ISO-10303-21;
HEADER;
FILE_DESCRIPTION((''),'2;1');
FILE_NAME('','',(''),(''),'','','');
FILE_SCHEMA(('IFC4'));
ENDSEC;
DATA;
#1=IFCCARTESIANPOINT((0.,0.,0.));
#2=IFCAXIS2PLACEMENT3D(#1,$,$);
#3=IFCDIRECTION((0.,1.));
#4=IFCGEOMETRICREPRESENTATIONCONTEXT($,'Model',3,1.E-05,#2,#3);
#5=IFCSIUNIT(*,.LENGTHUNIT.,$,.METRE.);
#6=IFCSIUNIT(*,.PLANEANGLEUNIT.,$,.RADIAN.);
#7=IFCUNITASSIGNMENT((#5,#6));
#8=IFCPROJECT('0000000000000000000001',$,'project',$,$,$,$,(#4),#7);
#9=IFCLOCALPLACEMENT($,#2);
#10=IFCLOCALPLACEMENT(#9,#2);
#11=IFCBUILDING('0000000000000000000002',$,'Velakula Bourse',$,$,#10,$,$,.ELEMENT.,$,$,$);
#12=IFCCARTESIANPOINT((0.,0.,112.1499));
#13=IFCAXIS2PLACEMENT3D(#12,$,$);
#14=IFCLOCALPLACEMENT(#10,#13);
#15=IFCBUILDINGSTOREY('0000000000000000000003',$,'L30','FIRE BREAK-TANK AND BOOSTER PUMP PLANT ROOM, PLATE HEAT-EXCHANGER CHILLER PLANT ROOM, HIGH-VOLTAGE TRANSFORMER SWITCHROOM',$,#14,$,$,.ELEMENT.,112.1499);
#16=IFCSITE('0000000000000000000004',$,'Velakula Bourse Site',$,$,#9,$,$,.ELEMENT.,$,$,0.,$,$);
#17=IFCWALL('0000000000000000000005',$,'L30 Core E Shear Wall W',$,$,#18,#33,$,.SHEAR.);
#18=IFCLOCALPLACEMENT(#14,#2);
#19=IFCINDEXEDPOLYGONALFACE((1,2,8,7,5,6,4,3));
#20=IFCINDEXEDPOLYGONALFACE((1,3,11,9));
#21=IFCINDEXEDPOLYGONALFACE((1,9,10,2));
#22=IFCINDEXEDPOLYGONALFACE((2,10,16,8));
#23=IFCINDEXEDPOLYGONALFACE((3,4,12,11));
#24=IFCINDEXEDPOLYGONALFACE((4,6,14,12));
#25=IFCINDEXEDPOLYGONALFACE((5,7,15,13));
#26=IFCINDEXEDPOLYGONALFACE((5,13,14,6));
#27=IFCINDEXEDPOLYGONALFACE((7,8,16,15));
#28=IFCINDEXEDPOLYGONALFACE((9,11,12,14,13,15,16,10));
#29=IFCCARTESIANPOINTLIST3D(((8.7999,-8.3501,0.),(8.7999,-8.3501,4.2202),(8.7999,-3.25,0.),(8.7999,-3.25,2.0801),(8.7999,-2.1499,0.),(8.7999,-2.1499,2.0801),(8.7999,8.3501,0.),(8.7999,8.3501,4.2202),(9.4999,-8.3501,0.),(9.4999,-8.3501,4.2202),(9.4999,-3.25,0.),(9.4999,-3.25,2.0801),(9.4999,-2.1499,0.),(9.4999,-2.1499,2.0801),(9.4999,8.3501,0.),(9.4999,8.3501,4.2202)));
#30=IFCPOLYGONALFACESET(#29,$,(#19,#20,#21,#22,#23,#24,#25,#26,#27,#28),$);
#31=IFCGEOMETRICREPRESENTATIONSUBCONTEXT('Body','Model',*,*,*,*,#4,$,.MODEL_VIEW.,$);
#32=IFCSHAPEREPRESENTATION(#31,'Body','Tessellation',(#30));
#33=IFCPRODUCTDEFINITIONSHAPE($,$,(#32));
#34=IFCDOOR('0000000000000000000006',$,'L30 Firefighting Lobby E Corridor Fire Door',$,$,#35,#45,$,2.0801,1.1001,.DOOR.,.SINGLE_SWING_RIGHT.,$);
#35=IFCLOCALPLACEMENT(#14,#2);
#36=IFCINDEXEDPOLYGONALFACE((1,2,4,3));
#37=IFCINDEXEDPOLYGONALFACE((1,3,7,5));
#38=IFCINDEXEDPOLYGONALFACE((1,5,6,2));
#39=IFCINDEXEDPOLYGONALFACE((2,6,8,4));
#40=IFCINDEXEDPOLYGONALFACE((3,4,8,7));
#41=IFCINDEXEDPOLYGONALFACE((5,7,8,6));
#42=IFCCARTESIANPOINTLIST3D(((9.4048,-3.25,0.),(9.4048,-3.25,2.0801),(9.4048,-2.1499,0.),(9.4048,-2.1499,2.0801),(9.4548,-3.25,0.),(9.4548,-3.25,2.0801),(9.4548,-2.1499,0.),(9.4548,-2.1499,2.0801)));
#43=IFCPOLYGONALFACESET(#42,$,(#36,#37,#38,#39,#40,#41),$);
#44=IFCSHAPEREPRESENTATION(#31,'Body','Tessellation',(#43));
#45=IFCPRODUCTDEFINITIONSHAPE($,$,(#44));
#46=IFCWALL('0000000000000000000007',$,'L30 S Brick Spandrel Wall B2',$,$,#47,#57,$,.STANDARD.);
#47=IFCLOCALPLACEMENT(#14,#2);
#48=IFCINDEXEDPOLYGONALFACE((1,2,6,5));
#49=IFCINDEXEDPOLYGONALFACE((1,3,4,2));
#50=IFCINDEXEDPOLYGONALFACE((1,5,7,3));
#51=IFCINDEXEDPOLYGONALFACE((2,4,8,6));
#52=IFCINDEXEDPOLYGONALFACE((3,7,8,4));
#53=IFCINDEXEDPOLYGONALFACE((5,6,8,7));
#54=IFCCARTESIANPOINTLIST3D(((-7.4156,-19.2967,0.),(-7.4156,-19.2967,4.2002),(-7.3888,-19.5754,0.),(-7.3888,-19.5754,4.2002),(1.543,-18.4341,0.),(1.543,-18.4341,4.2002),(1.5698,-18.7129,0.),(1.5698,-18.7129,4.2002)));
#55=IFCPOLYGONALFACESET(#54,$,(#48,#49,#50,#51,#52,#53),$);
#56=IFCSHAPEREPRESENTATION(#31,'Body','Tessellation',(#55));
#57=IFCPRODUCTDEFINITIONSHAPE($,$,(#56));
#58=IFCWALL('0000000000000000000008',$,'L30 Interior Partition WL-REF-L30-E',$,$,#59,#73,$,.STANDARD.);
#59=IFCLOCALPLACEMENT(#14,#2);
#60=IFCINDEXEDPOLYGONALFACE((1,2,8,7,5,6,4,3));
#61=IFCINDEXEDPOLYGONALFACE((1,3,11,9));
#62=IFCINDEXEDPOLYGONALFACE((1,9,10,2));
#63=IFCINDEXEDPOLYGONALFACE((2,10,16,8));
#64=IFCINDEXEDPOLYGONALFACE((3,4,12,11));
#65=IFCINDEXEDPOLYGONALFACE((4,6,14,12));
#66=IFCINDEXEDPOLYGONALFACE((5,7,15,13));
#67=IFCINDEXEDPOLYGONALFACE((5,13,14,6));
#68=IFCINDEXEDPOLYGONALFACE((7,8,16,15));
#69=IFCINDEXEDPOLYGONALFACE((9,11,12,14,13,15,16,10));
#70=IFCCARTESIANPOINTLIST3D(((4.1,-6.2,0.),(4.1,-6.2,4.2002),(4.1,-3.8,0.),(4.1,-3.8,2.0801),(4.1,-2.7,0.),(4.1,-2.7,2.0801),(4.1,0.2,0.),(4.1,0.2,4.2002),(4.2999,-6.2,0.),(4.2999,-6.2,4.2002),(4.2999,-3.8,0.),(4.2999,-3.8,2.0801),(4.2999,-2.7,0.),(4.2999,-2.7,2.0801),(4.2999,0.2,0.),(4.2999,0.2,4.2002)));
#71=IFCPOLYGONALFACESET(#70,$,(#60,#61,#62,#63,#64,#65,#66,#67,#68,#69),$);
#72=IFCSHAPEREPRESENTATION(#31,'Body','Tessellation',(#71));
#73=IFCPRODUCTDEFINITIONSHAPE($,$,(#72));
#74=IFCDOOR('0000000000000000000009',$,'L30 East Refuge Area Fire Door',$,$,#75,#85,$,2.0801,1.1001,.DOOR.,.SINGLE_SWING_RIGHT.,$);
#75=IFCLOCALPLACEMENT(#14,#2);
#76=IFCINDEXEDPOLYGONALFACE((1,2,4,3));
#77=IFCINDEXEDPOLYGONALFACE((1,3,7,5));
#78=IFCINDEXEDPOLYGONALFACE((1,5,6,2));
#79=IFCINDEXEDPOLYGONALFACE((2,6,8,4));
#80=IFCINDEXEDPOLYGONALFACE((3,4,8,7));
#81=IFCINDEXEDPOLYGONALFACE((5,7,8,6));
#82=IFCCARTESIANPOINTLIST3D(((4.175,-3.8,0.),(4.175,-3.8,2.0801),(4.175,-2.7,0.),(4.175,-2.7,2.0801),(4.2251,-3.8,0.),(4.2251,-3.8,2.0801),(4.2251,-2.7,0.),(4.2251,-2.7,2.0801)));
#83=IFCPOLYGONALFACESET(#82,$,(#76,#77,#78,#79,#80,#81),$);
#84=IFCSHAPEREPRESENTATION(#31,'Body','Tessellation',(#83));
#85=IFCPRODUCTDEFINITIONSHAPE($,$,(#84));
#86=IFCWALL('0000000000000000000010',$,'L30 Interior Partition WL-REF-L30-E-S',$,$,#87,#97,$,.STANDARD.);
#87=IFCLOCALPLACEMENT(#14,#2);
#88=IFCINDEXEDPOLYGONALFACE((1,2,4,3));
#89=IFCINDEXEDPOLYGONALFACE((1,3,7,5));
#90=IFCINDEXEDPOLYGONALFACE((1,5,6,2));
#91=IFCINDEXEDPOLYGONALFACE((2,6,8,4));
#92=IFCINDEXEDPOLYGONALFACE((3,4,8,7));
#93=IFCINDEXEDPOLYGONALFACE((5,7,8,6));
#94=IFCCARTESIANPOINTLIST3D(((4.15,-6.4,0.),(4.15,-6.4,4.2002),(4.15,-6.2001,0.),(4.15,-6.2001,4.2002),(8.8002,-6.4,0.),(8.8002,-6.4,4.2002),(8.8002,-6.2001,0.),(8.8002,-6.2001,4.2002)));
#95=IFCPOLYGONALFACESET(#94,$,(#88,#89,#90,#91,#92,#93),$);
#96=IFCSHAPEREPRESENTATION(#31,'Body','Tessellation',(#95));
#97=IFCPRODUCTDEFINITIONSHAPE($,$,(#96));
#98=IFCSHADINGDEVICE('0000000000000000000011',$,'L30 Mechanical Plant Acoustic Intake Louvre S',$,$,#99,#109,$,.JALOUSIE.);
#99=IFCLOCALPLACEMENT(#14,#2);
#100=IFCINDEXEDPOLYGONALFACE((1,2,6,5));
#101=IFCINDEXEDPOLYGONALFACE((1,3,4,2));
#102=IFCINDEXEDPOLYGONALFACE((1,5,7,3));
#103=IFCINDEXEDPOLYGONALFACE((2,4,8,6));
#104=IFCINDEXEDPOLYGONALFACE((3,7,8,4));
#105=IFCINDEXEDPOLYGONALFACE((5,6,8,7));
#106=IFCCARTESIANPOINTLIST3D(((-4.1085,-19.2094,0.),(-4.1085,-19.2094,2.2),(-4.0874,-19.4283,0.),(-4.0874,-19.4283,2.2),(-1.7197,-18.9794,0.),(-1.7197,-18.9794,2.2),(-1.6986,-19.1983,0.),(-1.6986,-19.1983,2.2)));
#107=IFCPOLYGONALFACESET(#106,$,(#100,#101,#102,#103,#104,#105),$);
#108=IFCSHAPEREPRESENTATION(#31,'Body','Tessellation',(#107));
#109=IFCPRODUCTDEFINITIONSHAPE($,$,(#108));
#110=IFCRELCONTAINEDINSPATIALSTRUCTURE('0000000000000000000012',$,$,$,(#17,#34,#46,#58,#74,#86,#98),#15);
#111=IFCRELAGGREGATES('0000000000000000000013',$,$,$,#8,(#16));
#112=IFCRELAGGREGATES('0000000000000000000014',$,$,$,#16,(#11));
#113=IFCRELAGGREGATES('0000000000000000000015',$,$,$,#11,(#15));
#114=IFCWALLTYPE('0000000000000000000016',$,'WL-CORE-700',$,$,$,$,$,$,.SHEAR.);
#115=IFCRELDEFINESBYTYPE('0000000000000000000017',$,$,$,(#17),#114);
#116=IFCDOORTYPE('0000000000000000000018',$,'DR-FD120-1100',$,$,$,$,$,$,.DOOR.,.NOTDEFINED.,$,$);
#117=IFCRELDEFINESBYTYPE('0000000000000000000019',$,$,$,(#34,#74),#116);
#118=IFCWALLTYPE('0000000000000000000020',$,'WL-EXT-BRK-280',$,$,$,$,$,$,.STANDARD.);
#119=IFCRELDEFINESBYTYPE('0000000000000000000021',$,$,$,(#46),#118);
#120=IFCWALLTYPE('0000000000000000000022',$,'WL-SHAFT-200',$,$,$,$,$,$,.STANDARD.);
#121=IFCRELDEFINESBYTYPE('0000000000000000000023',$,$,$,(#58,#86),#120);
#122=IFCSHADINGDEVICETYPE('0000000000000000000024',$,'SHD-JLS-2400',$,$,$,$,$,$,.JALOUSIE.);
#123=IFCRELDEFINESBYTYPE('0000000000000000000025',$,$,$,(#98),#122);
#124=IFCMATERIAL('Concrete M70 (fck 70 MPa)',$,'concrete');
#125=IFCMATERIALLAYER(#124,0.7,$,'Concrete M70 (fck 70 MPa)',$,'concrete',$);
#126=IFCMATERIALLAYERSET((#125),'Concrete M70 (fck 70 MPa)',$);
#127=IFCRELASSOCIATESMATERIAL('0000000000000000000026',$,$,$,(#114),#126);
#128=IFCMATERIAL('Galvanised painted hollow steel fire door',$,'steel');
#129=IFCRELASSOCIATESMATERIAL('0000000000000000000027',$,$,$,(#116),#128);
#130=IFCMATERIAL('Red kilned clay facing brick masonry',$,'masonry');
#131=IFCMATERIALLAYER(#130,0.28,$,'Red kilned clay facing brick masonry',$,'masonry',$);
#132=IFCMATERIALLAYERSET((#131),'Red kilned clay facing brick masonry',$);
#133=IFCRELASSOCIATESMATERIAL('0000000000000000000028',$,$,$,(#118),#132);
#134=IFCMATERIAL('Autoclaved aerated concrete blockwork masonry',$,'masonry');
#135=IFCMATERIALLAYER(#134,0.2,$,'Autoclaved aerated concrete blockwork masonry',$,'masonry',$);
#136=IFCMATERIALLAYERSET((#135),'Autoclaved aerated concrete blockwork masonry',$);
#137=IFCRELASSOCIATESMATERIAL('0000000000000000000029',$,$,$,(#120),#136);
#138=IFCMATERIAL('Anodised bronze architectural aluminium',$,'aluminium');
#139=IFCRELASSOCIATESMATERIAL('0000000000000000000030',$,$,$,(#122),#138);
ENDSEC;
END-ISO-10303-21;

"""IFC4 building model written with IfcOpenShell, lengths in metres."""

from ifc_helpers import new_model, si_unit, direction, frame, frame_2d, origin, origin_2d, place, context, subcontext, project, spatial, rectangle, extrude, material, layer, layer_set, type_object, element, fill, save


model = new_model("IFC4")

# Units and contexts
model_context = context("Model", 3, precision=1e-05, world=origin(), true_north=direction((0.0, 1.0)))
body_context = subcontext(model_context, "Body", "Model", "MODEL_VIEW")
ifc_project = project(units=[si_unit("LENGTHUNIT", "METRE"), si_unit("PLANEANGLEUNIT", "RADIAN")], contexts=[model_context])

# Site, building, storey
site_placement = place(None, origin())
site = spatial("IfcSite", under=ifc_project, at=site_placement, Name="Velakula Bourse Site", CompositionType="ELEMENT", RefElevation=0.0)
building_placement = place(site_placement, origin())
building = spatial("IfcBuilding", under=site, at=building_placement, Name="Velakula Bourse", CompositionType="ELEMENT")
storey_placement = place(building_placement, frame((0.0, 0.0, 112.1499)))
storey = spatial("IfcBuildingStorey", under=building, at=storey_placement, Name="L30", Description="FIRE BREAK-TANK AND BOOSTER PUMP PLANT ROOM, PLATE HEAT-EXCHANGER CHILLER PLANT ROOM, HIGH-VOLTAGE TRANSFORMER SWITCHROOM", CompositionType="ELEMENT", Elevation=112.1499)

# Shared definitions
ifc_material_1 = material(Name="Concrete M70 (fck 70 MPa)", Category="concrete")

# Shared definitions
ifc_layer_1 = layer(ifc_material_1, 0.7, Name="Concrete M70 (fck 70 MPa)", Category="concrete")
ifc_layer_set_1 = layer_set([ifc_layer_1], Name="Concrete M70 (fck 70 MPa)")
wall_type_1 = type_object("IfcWallType", Name="WL-CORE-700", PredefinedType="SHEAR", material=ifc_layer_set_1)

# Wall, opening, door
wall_1_placement = place(storey_placement, frame((9.1499, -8.3501, 0.0), z_axis=(0.0, 0.0, 1.0), x_axis=(0.0, 1.0, 0.0)))
wall_1 = element("IfcWall", 1, at=wall_1_placement, inside=storey, type_object=wall_type_1, Name="L30 Core E Shear Wall W", PredefinedType="SHEAR", context=body_context, shape_type="SweptSolid", body=[
    extrude(rectangle(XDim=16.7002, YDim=0.7, at=frame_2d((8.3501, 0.0))), origin(), (0.0, 0.0, 1.0), 4.2202),
])
opening_1_placement = place(wall_1_placement, frame((5.1001, 0.0, 0.0)))
opening_1 = element("IfcOpeningElement", 2, at=opening_1_placement, cuts=wall_1, PredefinedType="OPENING", context=body_context, shape_type="SweptSolid", body=[
    extrude(rectangle(XDim=1.1001, YDim=2.0801, at=frame_2d((0.55, 1.04))), frame((0.0, 0.3599, 0.0), z_axis=(0.0, -1.0, 0.0), x_axis=(1.0, 0.0, 0.0)), (0.0, 0.0, 1.0), 0.72),
])
ifc_material_2 = material(Name="Galvanised painted hollow steel fire door", Category="steel")
door_type_1 = type_object("IfcDoorType", Name="DR-FD120-1100", OperationType="NOTDEFINED", PredefinedType="DOOR", material=ifc_material_2)
door_1_placement = place(opening_1_placement, origin())
door_1 = element("IfcDoor", 3, at=door_1_placement, inside=storey, type_object=door_type_1, Name="L30 Firefighting Lobby E Corridor Fire Door", OperationType="SINGLE_SWING_RIGHT", OverallHeight=2.0801, OverallWidth=1.1001, PredefinedType="DOOR", context=body_context, shape_type="SweptSolid", body=[
    extrude(rectangle(XDim=1.1001, YDim=2.0801, at=frame_2d((0.55, 1.04))), frame((0.0, -0.2549, 0.0), z_axis=(0.0, -1.0, 0.0), x_axis=(1.0, 0.0, 0.0)), (0.0, 0.0, 1.0), 0.05),
])
fill(opening_1, door_1)

# Wall
ifc_material_3 = material(Name="Red kilned clay facing brick masonry", Category="masonry")
ifc_layer_2 = layer(ifc_material_3, 0.28, Name="Red kilned clay facing brick masonry", Category="masonry")
ifc_layer_set_2 = layer_set([ifc_layer_2], Name="Red kilned clay facing brick masonry")
wall_type_2 = type_object("IfcWallType", Name="WL-EXT-BRK-280", PredefinedType="STANDARD", material=ifc_layer_set_2)
wall_2_placement = place(storey_placement, frame((1.5564, -18.5735, 0.0), z_axis=(0.0, 0.0, 1.0), x_axis=(-0.995397, -0.09584, 0.0)))
element("IfcWall", 4, at=wall_2_placement, inside=storey, type_object=wall_type_2, Name="L30 S Brick Spandrel Wall B2", PredefinedType="STANDARD", context=body_context, shape_type="SweptSolid", body=[
    extrude(rectangle(XDim=9.0, YDim=0.28, at=frame_2d((4.5, 0.0))), origin(), (0.0, 0.0, 1.0), 4.2002),
])

# Shared definitions
ifc_material_4 = material(Name="Autoclaved aerated concrete blockwork masonry", Category="masonry")

# Wall, opening, door
ifc_layer_3 = layer(ifc_material_4, 0.2, Name="Autoclaved aerated concrete blockwork masonry", Category="masonry")
ifc_layer_set_3 = layer_set([ifc_layer_3], Name="Autoclaved aerated concrete blockwork masonry")
wall_type_3 = type_object("IfcWallType", Name="WL-SHAFT-200", PredefinedType="STANDARD", material=ifc_layer_set_3)
wall_3_placement = place(storey_placement, frame((4.2, -6.2, 0.0), z_axis=(0.0, 0.0, 1.0), x_axis=(0.0, 1.0, 0.0)))
wall_3 = element("IfcWall", 5, at=wall_3_placement, inside=storey, type_object=wall_type_3, Name="L30 Interior Partition WL-REF-L30-E", PredefinedType="STANDARD", context=body_context, shape_type="SweptSolid", body=[
    extrude(rectangle(XDim=6.3999, YDim=0.2, at=frame_2d((3.2, 0.0))), origin(), (0.0, 0.0, 1.0), 4.2002),
])
opening_2_placement = place(wall_3_placement, frame((2.3999, 0.0, 0.0)))
opening_2 = element("IfcOpeningElement", 6, at=opening_2_placement, cuts=wall_3, PredefinedType="OPENING", context=body_context, shape_type="SweptSolid", body=[
    extrude(rectangle(XDim=1.1001, YDim=2.0801, at=frame_2d((0.55, 1.04))), frame((0.0, 0.1099, 0.0), z_axis=(0.0, -1.0, 0.0), x_axis=(1.0, 0.0, 0.0)), (0.0, 0.0, 1.0), 0.22),
])
door_2_placement = place(opening_2_placement, origin())
door_2 = element("IfcDoor", 7, at=door_2_placement, inside=storey, type_object=door_type_1, Name="L30 East Refuge Area Fire Door", OperationType="SINGLE_SWING_RIGHT", OverallHeight=2.0801, OverallWidth=1.1001, PredefinedType="DOOR", context=body_context, shape_type="SweptSolid", body=[
    extrude(rectangle(XDim=1.1001, YDim=2.0801, at=frame_2d((0.55, 1.04))), frame((0.0, 0.0249, 0.0), z_axis=(0.0, -1.0, 0.0), x_axis=(1.0, 0.0, 0.0)), (0.0, 0.0, 1.0), 0.05),
])
fill(opening_2, door_2)

# Wall
wall_4_placement = place(storey_placement, frame((4.1499, -6.3, 0.0), z_axis=(0.0, 0.0, 1.0), x_axis=(1.0, 0.0, 0.0)))
element("IfcWall", 8, at=wall_4_placement, inside=storey, type_object=wall_type_3, Name="L30 Interior Partition WL-REF-L30-E-S", PredefinedType="STANDARD", context=body_context, shape_type="SweptSolid", body=[
    extrude(rectangle(XDim=4.6501, YDim=0.2, at=frame_2d((2.3252, 0.0))), origin(), (0.0, 0.0, 1.0), 4.2002),
])

# Shading device
ifc_material_5 = material(Name="Anodised bronze architectural aluminium", Category="aluminium")
shading_device_type = type_object("IfcShadingDeviceType", Name="SHD-JLS-2400", PredefinedType="JALOUSIE", material=ifc_material_5)
shading_device_placement = place(storey_placement, frame((-2.9036, -19.2039, 0.0), z_axis=(0.0, 0.0, 1.0), x_axis=(0.995396, 0.095846, 0.0)))
element("IfcShadingDevice", 9, at=shading_device_placement, inside=storey, type_object=shading_device_type, Name="L30 Mechanical Plant Acoustic Intake Louvre S", PredefinedType="JALOUSIE", context=body_context, shape_type="SweptSolid", body=[
    extrude(rectangle(XDim=2.3999, YDim=0.22, at=origin_2d()), origin(), (0.0, 0.0, 1.0), 2.2),
])

save(model, "model.ifc")
